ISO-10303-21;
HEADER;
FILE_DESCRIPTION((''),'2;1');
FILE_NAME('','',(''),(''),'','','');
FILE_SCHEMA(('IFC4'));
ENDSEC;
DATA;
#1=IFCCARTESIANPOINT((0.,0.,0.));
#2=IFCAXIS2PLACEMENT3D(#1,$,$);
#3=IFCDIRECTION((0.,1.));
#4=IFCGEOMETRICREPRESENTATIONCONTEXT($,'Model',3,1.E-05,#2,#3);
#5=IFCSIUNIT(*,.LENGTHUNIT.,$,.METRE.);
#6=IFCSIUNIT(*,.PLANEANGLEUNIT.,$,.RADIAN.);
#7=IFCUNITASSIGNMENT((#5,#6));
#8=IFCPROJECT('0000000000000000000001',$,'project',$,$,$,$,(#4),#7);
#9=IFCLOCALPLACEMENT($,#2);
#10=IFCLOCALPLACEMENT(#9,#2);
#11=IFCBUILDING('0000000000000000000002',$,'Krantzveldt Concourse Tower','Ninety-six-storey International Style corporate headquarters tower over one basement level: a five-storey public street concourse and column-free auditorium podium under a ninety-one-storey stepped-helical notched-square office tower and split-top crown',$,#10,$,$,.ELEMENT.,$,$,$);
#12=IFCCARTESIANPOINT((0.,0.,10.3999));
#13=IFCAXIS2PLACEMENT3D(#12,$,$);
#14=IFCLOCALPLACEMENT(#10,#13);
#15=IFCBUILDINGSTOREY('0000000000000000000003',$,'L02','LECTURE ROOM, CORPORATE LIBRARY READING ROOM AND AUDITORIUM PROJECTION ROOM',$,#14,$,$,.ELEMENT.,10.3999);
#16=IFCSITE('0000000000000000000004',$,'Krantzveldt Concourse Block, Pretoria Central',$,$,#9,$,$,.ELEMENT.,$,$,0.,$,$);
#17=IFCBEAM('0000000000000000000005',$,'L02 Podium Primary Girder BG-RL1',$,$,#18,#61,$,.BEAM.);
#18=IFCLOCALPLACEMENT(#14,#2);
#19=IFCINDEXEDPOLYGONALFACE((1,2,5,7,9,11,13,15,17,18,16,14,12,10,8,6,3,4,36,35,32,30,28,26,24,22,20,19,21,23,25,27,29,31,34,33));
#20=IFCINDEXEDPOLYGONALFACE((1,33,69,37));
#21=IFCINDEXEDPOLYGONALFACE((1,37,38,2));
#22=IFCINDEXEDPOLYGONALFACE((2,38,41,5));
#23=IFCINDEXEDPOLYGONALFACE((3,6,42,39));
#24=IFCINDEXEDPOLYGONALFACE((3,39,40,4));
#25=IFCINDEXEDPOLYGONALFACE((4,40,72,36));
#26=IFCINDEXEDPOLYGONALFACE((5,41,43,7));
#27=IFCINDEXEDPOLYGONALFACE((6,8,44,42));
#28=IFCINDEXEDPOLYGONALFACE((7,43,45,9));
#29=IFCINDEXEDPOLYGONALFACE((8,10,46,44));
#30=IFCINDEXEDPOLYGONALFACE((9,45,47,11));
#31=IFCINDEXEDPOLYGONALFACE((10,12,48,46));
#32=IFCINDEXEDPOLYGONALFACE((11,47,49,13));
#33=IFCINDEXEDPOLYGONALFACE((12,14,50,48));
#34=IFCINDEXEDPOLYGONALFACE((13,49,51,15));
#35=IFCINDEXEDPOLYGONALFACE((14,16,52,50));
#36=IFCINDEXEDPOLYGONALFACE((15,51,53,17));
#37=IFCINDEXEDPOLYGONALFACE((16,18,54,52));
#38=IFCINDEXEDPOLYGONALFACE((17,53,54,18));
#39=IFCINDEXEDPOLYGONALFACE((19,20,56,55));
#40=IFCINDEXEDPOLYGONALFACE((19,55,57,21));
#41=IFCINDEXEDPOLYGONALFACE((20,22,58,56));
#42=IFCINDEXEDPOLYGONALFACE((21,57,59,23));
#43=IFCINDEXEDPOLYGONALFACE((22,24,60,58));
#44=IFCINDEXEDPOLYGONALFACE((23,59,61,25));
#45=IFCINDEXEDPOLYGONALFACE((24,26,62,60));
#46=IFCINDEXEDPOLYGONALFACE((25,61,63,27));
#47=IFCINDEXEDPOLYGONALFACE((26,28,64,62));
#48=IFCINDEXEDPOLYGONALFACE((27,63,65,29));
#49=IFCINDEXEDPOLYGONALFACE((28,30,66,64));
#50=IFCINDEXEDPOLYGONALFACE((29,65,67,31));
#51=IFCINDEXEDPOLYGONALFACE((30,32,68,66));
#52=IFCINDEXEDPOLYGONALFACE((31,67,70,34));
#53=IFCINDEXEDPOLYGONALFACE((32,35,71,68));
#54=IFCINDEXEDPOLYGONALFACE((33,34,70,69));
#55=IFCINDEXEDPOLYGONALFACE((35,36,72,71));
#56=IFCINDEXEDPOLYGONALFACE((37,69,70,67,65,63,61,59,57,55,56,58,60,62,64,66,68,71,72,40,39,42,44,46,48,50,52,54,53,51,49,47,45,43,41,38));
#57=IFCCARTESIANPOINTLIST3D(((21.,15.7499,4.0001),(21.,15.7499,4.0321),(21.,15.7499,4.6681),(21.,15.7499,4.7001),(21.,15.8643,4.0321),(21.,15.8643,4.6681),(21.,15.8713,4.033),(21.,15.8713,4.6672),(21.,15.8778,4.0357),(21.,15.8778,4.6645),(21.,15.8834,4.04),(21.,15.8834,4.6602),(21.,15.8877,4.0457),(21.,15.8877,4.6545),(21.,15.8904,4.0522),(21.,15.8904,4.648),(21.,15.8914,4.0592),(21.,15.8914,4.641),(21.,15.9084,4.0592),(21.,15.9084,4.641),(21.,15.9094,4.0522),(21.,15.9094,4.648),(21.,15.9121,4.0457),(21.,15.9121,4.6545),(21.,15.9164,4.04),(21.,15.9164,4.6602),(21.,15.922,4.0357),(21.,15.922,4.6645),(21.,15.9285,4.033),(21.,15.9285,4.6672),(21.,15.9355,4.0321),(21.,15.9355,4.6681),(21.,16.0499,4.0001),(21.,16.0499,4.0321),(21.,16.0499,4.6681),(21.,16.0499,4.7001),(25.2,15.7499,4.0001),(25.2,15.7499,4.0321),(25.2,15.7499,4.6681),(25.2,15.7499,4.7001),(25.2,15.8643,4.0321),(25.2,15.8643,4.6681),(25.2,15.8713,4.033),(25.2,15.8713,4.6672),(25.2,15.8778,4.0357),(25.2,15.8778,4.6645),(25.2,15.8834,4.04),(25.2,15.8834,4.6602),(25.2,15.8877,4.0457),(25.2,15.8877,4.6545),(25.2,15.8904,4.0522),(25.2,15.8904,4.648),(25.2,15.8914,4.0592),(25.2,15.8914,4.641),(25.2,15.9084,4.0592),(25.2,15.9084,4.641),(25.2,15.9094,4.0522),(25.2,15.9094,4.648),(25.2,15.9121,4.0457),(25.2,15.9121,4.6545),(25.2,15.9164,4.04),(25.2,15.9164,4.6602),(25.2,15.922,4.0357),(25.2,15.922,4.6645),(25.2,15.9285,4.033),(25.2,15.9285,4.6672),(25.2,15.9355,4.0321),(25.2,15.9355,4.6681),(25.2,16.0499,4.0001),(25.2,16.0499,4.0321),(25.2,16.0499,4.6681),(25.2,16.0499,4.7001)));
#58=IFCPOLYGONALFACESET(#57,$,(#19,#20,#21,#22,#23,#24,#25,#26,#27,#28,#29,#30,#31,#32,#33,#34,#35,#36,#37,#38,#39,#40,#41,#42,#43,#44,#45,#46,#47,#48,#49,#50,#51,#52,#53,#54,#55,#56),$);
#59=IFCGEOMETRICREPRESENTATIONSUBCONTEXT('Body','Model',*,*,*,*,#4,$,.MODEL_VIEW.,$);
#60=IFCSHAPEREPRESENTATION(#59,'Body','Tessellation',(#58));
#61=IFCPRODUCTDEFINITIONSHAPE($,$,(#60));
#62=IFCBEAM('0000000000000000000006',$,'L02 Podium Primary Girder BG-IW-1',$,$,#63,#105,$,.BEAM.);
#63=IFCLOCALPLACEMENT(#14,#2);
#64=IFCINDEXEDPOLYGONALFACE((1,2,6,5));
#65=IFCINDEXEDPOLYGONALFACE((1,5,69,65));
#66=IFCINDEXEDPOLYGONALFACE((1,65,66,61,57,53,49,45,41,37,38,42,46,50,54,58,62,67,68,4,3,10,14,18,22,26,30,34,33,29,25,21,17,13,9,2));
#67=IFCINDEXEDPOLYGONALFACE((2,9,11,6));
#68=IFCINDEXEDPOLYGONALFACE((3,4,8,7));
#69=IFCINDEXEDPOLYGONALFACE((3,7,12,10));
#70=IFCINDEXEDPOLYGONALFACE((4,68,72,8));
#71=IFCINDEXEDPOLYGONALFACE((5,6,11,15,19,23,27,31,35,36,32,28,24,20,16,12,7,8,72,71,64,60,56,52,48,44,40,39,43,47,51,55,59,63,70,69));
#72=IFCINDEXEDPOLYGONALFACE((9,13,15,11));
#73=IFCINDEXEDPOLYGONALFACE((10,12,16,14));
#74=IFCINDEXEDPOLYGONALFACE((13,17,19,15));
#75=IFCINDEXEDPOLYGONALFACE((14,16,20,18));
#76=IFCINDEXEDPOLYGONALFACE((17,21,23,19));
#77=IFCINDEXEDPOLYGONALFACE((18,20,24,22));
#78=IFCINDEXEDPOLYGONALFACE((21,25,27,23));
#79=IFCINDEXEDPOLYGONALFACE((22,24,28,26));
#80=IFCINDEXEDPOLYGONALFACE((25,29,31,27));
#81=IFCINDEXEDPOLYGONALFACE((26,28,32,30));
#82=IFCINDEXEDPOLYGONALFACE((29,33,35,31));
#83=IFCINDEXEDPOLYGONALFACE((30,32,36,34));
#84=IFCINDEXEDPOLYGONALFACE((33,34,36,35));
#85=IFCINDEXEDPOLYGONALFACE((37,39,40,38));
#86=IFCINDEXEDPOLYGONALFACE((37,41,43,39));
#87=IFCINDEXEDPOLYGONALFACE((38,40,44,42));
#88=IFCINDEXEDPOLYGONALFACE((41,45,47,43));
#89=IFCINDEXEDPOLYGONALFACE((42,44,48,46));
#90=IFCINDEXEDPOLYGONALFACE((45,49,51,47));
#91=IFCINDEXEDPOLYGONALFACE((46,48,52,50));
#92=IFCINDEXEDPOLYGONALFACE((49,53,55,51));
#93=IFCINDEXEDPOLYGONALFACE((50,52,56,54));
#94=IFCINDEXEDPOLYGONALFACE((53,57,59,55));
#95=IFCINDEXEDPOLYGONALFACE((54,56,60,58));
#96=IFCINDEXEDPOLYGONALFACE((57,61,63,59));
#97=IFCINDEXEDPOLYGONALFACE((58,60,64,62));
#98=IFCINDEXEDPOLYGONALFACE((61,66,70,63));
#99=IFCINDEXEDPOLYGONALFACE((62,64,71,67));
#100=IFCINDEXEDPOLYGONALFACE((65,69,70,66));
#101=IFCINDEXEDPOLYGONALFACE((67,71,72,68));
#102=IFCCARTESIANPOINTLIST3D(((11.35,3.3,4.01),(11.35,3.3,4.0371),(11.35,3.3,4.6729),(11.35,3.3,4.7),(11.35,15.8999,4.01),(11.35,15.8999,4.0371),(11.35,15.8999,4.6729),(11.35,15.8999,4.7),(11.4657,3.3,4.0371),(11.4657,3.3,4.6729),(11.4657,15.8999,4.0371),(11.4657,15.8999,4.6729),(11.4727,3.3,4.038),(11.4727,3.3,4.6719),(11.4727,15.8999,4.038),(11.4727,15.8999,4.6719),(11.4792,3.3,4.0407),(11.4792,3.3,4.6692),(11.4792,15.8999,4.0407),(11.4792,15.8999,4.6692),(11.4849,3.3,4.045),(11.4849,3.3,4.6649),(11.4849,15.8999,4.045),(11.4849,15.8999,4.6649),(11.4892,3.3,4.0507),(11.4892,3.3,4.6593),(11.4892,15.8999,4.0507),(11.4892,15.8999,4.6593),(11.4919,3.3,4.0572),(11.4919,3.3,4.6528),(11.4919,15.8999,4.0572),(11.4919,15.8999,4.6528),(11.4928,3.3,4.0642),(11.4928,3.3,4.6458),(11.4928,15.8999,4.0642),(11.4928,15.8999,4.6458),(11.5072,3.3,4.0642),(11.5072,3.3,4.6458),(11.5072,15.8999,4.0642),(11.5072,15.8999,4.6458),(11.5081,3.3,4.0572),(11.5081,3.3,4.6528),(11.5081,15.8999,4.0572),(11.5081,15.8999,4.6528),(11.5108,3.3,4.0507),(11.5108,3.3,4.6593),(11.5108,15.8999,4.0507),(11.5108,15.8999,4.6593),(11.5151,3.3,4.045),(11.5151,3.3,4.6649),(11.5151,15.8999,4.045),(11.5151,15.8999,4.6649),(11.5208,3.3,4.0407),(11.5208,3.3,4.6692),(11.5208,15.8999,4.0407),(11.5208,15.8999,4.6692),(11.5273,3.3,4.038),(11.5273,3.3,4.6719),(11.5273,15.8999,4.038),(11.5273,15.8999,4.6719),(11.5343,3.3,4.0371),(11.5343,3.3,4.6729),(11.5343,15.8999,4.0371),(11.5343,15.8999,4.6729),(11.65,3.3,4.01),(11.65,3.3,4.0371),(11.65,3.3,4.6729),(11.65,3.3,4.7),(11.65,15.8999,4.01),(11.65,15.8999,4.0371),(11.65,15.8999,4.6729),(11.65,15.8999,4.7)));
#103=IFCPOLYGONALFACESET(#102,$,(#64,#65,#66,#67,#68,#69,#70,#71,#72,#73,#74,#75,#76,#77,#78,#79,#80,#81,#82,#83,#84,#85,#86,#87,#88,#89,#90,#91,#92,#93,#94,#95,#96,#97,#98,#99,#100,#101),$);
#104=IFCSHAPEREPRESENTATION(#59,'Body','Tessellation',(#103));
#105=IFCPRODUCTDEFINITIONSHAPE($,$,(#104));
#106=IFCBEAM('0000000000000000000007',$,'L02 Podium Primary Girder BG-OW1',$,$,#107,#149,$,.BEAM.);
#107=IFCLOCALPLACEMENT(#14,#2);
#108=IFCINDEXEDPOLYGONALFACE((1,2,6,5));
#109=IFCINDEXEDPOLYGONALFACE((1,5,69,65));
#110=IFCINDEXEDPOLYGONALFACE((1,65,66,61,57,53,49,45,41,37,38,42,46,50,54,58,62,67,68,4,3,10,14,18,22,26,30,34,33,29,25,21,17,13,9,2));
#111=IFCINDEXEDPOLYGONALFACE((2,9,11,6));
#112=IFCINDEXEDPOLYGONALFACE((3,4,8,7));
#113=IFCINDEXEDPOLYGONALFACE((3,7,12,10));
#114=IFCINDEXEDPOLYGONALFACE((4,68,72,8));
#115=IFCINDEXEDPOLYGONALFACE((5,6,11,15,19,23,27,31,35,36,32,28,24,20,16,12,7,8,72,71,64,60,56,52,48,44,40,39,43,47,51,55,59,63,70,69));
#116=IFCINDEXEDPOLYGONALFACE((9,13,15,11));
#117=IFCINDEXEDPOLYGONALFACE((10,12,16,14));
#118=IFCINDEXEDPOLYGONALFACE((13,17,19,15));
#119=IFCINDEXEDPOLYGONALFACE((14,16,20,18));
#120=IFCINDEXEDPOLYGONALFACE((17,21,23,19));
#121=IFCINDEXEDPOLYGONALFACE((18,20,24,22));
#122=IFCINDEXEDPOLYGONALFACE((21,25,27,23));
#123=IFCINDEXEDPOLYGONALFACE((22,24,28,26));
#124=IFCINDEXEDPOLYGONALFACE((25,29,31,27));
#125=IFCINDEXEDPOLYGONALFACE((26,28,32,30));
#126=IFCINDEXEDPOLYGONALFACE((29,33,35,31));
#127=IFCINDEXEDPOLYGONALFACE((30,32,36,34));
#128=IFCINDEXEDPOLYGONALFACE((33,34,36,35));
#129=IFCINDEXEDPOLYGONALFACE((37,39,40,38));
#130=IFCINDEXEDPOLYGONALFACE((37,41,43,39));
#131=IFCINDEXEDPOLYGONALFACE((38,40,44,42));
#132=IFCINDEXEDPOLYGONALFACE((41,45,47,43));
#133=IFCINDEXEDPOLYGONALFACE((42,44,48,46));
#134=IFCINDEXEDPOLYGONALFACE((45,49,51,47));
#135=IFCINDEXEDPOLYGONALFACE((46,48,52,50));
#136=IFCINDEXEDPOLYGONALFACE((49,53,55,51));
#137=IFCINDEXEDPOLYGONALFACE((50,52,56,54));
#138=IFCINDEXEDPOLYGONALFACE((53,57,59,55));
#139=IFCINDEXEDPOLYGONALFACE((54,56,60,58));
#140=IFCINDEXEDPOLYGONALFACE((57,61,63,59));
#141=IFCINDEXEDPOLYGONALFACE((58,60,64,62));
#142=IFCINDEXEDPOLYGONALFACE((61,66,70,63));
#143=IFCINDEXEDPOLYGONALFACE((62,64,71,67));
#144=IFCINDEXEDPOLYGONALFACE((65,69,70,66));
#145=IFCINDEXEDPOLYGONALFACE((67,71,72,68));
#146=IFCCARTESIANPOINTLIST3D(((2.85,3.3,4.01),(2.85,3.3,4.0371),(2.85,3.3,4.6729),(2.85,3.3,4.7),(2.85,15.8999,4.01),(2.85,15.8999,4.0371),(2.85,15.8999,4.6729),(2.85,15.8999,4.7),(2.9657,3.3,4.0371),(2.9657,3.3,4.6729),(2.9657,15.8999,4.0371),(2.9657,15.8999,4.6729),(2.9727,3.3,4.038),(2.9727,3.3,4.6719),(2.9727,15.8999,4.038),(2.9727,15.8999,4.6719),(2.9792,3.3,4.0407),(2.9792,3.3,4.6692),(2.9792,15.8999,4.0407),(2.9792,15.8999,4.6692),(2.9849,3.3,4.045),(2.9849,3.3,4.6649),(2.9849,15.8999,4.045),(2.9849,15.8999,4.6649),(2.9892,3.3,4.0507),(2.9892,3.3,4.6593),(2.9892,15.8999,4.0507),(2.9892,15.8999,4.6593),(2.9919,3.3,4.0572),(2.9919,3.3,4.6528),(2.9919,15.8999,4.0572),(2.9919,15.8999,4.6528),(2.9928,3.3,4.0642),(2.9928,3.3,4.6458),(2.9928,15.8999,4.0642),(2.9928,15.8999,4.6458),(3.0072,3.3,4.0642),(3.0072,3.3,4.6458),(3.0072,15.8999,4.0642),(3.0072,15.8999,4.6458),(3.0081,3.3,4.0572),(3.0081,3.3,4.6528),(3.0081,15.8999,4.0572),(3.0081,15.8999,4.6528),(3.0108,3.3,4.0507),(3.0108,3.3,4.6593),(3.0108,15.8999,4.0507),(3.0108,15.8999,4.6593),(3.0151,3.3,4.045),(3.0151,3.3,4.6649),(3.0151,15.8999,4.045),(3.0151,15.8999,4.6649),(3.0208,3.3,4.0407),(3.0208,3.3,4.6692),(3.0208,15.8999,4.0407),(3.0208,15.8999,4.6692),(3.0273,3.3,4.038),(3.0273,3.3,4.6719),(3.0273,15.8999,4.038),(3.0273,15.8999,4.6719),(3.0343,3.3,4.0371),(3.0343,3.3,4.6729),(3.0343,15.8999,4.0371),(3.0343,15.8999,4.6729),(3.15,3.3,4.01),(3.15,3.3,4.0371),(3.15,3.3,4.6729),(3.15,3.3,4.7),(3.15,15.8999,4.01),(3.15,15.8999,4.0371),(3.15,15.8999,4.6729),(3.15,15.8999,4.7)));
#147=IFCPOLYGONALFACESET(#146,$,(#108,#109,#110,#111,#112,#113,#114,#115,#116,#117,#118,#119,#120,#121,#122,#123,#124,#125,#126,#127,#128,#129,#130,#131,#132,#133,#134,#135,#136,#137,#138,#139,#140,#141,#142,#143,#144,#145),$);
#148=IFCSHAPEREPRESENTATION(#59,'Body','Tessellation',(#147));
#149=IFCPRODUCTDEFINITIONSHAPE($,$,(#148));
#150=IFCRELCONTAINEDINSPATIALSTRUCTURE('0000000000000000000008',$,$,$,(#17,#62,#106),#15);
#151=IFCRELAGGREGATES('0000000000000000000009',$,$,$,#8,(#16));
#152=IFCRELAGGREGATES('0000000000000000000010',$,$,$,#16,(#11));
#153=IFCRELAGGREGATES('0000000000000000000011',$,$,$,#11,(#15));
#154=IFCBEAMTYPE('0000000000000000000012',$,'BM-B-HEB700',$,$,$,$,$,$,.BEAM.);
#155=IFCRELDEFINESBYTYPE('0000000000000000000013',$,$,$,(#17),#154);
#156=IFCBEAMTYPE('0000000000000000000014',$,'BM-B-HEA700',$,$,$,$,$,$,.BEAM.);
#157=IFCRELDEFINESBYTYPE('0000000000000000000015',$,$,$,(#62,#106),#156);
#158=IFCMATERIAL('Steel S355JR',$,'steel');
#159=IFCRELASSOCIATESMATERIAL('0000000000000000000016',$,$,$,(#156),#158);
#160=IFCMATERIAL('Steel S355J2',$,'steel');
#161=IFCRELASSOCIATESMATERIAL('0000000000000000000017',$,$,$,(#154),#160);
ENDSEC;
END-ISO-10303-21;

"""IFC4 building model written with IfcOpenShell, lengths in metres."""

from ifc_helpers import new_model, si_unit, direction, frame, origin, origin_2d, place, context, subcontext, project, spatial, i_section, extrude, source, transform, mapped, material, material_profile, profile_set, type_object, type_shapes, element, save


model = new_model("IFC4")

# Units and contexts
model_context = context("Model", 3, precision=1e-05, world=origin(), true_north=direction((0.0, 1.0)))
body_context = subcontext(model_context, "Body", "Model", "MODEL_VIEW")
ifc_project = project(units=[si_unit("LENGTHUNIT", "METRE"), si_unit("PLANEANGLEUNIT", "RADIAN")], contexts=[model_context])

# Site, building, storey
site_placement = place(None, origin())
site = spatial("IfcSite", under=ifc_project, at=site_placement, Name="Krantzveldt Concourse Block, Pretoria Central", CompositionType="ELEMENT", RefElevation=0.0)
building_placement = place(site_placement, origin())
building = spatial("IfcBuilding", under=site, at=building_placement, Name="Krantzveldt Concourse Tower", Description="Ninety-six-storey International Style corporate headquarters tower over one basement level: a five-storey public street concourse and column-free auditorium podium under a ninety-one-storey stepped-helical notched-square office tower and split-top crown", CompositionType="ELEMENT")
storey_placement = place(building_placement, frame((0.0, 0.0, 10.3999)))
storey = spatial("IfcBuildingStorey", under=building, at=storey_placement, Name="L02", Description="LECTURE ROOM, CORPORATE LIBRARY READING ROOM AND AUDITORIUM PROJECTION ROOM", CompositionType="ELEMENT", Elevation=10.3999)

# Beams
ifc_material_1 = material(Name="Steel S355JR", Category="steel")
ifc_material_profile_1 = material_profile(ifc_material_1, i_section(OverallWidth=0.3, OverallDepth=0.6899, WebThickness=0.0144, FlangeThickness=0.0271, FilletRadius=0.0271, at=origin_2d()), Name="Steel S355JR", Category="steel")
ifc_profile_set_1 = profile_set([ifc_material_profile_1], Name="Steel S355JR - HEA 700")
beam_type_1 = type_object("IfcBeamType", Name="BM-B-HEA700", PredefinedType="BEAM", material=ifc_profile_set_1)
ifc_material_2 = material(Name="Steel S355J2", Category="steel")
ifc_material_profile_2 = material_profile(ifc_material_2, i_section(OverallWidth=0.3, OverallDepth=0.7, WebThickness=0.0171, FlangeThickness=0.032, FilletRadius=0.0271, at=origin_2d()), Name="Steel S355J2", Category="steel")
ifc_profile_set_2 = profile_set([ifc_material_profile_2], Name="Steel S355J2 - HEB 700")
beam_type_2 = type_object("IfcBeamType", Name="BM-B-HEB700", PredefinedType="BEAM", material=ifc_profile_set_2)
shared_shape_1 = source(origin(), body_context, "Body", "SweptSolid", [
    extrude(i_section(OverallWidth=0.3, OverallDepth=0.7, WebThickness=0.0171, FlangeThickness=0.032, FilletRadius=0.0271, at=origin_2d()), origin(), (0.0, 0.0, 1.0), 4.2),
])
type_shapes(beam_type_2, [shared_shape_1])
beam_1_placement = place(storey_placement, frame((21.0, 15.8999, 4.3501), z_axis=(1.0, 0.0, 0.0), x_axis=(0.0, 1.0, 0.0)))
element("IfcBeam", 1, at=beam_1_placement, inside=storey, type_object=beam_type_2, Name="L02 Podium Primary Girder BG-RL1", PredefinedType="BEAM", context=body_context, shape_type="MappedRepresentation", body=[
    mapped(shared_shape_1, transform((0.0, 0.0, 0.0), x_axis=(1.0, 0.0, 0.0), y_axis=(0.0, 1.0, 0.0), z_axis=(0.0, 0.0, 1.0), scale=1.0)),
])
shared_shape_2 = source(origin(), body_context, "Body", "SweptSolid", [
    extrude(i_section(OverallWidth=0.3, OverallDepth=0.6899, WebThickness=0.0144, FlangeThickness=0.0271, FilletRadius=0.0271, at=origin_2d()), origin(), (0.0, 0.0, 1.0), 12.5999),
])
for number, where, z_axis, x_axis, name in (
    (2, (11.5, 3.3, 4.355), (0.0, 1.0, 0.0), (-1.0, 0.0, 0.0), "L02 Podium Primary Girder BG-IW-1"),
    (3, (3.0, 3.3, 4.355), (0.0, 1.0, 0.0), (-1.0, 0.0, 0.0), "L02 Podium Primary Girder BG-OW1"),
):
    element("IfcBeam", number, at=place(storey_placement, frame(where, z_axis=z_axis, x_axis=x_axis)), inside=storey, type_object=beam_type_1, Name=name, PredefinedType="BEAM", context=body_context, shape_type="MappedRepresentation", body=[
        mapped(shared_shape_2, transform((0.0, 0.0, 0.0), x_axis=(1.0, 0.0, 0.0), y_axis=(0.0, 1.0, 0.0), z_axis=(0.0, 0.0, 1.0), scale=1.0)),
    ])

save(model, "model.ifc")
